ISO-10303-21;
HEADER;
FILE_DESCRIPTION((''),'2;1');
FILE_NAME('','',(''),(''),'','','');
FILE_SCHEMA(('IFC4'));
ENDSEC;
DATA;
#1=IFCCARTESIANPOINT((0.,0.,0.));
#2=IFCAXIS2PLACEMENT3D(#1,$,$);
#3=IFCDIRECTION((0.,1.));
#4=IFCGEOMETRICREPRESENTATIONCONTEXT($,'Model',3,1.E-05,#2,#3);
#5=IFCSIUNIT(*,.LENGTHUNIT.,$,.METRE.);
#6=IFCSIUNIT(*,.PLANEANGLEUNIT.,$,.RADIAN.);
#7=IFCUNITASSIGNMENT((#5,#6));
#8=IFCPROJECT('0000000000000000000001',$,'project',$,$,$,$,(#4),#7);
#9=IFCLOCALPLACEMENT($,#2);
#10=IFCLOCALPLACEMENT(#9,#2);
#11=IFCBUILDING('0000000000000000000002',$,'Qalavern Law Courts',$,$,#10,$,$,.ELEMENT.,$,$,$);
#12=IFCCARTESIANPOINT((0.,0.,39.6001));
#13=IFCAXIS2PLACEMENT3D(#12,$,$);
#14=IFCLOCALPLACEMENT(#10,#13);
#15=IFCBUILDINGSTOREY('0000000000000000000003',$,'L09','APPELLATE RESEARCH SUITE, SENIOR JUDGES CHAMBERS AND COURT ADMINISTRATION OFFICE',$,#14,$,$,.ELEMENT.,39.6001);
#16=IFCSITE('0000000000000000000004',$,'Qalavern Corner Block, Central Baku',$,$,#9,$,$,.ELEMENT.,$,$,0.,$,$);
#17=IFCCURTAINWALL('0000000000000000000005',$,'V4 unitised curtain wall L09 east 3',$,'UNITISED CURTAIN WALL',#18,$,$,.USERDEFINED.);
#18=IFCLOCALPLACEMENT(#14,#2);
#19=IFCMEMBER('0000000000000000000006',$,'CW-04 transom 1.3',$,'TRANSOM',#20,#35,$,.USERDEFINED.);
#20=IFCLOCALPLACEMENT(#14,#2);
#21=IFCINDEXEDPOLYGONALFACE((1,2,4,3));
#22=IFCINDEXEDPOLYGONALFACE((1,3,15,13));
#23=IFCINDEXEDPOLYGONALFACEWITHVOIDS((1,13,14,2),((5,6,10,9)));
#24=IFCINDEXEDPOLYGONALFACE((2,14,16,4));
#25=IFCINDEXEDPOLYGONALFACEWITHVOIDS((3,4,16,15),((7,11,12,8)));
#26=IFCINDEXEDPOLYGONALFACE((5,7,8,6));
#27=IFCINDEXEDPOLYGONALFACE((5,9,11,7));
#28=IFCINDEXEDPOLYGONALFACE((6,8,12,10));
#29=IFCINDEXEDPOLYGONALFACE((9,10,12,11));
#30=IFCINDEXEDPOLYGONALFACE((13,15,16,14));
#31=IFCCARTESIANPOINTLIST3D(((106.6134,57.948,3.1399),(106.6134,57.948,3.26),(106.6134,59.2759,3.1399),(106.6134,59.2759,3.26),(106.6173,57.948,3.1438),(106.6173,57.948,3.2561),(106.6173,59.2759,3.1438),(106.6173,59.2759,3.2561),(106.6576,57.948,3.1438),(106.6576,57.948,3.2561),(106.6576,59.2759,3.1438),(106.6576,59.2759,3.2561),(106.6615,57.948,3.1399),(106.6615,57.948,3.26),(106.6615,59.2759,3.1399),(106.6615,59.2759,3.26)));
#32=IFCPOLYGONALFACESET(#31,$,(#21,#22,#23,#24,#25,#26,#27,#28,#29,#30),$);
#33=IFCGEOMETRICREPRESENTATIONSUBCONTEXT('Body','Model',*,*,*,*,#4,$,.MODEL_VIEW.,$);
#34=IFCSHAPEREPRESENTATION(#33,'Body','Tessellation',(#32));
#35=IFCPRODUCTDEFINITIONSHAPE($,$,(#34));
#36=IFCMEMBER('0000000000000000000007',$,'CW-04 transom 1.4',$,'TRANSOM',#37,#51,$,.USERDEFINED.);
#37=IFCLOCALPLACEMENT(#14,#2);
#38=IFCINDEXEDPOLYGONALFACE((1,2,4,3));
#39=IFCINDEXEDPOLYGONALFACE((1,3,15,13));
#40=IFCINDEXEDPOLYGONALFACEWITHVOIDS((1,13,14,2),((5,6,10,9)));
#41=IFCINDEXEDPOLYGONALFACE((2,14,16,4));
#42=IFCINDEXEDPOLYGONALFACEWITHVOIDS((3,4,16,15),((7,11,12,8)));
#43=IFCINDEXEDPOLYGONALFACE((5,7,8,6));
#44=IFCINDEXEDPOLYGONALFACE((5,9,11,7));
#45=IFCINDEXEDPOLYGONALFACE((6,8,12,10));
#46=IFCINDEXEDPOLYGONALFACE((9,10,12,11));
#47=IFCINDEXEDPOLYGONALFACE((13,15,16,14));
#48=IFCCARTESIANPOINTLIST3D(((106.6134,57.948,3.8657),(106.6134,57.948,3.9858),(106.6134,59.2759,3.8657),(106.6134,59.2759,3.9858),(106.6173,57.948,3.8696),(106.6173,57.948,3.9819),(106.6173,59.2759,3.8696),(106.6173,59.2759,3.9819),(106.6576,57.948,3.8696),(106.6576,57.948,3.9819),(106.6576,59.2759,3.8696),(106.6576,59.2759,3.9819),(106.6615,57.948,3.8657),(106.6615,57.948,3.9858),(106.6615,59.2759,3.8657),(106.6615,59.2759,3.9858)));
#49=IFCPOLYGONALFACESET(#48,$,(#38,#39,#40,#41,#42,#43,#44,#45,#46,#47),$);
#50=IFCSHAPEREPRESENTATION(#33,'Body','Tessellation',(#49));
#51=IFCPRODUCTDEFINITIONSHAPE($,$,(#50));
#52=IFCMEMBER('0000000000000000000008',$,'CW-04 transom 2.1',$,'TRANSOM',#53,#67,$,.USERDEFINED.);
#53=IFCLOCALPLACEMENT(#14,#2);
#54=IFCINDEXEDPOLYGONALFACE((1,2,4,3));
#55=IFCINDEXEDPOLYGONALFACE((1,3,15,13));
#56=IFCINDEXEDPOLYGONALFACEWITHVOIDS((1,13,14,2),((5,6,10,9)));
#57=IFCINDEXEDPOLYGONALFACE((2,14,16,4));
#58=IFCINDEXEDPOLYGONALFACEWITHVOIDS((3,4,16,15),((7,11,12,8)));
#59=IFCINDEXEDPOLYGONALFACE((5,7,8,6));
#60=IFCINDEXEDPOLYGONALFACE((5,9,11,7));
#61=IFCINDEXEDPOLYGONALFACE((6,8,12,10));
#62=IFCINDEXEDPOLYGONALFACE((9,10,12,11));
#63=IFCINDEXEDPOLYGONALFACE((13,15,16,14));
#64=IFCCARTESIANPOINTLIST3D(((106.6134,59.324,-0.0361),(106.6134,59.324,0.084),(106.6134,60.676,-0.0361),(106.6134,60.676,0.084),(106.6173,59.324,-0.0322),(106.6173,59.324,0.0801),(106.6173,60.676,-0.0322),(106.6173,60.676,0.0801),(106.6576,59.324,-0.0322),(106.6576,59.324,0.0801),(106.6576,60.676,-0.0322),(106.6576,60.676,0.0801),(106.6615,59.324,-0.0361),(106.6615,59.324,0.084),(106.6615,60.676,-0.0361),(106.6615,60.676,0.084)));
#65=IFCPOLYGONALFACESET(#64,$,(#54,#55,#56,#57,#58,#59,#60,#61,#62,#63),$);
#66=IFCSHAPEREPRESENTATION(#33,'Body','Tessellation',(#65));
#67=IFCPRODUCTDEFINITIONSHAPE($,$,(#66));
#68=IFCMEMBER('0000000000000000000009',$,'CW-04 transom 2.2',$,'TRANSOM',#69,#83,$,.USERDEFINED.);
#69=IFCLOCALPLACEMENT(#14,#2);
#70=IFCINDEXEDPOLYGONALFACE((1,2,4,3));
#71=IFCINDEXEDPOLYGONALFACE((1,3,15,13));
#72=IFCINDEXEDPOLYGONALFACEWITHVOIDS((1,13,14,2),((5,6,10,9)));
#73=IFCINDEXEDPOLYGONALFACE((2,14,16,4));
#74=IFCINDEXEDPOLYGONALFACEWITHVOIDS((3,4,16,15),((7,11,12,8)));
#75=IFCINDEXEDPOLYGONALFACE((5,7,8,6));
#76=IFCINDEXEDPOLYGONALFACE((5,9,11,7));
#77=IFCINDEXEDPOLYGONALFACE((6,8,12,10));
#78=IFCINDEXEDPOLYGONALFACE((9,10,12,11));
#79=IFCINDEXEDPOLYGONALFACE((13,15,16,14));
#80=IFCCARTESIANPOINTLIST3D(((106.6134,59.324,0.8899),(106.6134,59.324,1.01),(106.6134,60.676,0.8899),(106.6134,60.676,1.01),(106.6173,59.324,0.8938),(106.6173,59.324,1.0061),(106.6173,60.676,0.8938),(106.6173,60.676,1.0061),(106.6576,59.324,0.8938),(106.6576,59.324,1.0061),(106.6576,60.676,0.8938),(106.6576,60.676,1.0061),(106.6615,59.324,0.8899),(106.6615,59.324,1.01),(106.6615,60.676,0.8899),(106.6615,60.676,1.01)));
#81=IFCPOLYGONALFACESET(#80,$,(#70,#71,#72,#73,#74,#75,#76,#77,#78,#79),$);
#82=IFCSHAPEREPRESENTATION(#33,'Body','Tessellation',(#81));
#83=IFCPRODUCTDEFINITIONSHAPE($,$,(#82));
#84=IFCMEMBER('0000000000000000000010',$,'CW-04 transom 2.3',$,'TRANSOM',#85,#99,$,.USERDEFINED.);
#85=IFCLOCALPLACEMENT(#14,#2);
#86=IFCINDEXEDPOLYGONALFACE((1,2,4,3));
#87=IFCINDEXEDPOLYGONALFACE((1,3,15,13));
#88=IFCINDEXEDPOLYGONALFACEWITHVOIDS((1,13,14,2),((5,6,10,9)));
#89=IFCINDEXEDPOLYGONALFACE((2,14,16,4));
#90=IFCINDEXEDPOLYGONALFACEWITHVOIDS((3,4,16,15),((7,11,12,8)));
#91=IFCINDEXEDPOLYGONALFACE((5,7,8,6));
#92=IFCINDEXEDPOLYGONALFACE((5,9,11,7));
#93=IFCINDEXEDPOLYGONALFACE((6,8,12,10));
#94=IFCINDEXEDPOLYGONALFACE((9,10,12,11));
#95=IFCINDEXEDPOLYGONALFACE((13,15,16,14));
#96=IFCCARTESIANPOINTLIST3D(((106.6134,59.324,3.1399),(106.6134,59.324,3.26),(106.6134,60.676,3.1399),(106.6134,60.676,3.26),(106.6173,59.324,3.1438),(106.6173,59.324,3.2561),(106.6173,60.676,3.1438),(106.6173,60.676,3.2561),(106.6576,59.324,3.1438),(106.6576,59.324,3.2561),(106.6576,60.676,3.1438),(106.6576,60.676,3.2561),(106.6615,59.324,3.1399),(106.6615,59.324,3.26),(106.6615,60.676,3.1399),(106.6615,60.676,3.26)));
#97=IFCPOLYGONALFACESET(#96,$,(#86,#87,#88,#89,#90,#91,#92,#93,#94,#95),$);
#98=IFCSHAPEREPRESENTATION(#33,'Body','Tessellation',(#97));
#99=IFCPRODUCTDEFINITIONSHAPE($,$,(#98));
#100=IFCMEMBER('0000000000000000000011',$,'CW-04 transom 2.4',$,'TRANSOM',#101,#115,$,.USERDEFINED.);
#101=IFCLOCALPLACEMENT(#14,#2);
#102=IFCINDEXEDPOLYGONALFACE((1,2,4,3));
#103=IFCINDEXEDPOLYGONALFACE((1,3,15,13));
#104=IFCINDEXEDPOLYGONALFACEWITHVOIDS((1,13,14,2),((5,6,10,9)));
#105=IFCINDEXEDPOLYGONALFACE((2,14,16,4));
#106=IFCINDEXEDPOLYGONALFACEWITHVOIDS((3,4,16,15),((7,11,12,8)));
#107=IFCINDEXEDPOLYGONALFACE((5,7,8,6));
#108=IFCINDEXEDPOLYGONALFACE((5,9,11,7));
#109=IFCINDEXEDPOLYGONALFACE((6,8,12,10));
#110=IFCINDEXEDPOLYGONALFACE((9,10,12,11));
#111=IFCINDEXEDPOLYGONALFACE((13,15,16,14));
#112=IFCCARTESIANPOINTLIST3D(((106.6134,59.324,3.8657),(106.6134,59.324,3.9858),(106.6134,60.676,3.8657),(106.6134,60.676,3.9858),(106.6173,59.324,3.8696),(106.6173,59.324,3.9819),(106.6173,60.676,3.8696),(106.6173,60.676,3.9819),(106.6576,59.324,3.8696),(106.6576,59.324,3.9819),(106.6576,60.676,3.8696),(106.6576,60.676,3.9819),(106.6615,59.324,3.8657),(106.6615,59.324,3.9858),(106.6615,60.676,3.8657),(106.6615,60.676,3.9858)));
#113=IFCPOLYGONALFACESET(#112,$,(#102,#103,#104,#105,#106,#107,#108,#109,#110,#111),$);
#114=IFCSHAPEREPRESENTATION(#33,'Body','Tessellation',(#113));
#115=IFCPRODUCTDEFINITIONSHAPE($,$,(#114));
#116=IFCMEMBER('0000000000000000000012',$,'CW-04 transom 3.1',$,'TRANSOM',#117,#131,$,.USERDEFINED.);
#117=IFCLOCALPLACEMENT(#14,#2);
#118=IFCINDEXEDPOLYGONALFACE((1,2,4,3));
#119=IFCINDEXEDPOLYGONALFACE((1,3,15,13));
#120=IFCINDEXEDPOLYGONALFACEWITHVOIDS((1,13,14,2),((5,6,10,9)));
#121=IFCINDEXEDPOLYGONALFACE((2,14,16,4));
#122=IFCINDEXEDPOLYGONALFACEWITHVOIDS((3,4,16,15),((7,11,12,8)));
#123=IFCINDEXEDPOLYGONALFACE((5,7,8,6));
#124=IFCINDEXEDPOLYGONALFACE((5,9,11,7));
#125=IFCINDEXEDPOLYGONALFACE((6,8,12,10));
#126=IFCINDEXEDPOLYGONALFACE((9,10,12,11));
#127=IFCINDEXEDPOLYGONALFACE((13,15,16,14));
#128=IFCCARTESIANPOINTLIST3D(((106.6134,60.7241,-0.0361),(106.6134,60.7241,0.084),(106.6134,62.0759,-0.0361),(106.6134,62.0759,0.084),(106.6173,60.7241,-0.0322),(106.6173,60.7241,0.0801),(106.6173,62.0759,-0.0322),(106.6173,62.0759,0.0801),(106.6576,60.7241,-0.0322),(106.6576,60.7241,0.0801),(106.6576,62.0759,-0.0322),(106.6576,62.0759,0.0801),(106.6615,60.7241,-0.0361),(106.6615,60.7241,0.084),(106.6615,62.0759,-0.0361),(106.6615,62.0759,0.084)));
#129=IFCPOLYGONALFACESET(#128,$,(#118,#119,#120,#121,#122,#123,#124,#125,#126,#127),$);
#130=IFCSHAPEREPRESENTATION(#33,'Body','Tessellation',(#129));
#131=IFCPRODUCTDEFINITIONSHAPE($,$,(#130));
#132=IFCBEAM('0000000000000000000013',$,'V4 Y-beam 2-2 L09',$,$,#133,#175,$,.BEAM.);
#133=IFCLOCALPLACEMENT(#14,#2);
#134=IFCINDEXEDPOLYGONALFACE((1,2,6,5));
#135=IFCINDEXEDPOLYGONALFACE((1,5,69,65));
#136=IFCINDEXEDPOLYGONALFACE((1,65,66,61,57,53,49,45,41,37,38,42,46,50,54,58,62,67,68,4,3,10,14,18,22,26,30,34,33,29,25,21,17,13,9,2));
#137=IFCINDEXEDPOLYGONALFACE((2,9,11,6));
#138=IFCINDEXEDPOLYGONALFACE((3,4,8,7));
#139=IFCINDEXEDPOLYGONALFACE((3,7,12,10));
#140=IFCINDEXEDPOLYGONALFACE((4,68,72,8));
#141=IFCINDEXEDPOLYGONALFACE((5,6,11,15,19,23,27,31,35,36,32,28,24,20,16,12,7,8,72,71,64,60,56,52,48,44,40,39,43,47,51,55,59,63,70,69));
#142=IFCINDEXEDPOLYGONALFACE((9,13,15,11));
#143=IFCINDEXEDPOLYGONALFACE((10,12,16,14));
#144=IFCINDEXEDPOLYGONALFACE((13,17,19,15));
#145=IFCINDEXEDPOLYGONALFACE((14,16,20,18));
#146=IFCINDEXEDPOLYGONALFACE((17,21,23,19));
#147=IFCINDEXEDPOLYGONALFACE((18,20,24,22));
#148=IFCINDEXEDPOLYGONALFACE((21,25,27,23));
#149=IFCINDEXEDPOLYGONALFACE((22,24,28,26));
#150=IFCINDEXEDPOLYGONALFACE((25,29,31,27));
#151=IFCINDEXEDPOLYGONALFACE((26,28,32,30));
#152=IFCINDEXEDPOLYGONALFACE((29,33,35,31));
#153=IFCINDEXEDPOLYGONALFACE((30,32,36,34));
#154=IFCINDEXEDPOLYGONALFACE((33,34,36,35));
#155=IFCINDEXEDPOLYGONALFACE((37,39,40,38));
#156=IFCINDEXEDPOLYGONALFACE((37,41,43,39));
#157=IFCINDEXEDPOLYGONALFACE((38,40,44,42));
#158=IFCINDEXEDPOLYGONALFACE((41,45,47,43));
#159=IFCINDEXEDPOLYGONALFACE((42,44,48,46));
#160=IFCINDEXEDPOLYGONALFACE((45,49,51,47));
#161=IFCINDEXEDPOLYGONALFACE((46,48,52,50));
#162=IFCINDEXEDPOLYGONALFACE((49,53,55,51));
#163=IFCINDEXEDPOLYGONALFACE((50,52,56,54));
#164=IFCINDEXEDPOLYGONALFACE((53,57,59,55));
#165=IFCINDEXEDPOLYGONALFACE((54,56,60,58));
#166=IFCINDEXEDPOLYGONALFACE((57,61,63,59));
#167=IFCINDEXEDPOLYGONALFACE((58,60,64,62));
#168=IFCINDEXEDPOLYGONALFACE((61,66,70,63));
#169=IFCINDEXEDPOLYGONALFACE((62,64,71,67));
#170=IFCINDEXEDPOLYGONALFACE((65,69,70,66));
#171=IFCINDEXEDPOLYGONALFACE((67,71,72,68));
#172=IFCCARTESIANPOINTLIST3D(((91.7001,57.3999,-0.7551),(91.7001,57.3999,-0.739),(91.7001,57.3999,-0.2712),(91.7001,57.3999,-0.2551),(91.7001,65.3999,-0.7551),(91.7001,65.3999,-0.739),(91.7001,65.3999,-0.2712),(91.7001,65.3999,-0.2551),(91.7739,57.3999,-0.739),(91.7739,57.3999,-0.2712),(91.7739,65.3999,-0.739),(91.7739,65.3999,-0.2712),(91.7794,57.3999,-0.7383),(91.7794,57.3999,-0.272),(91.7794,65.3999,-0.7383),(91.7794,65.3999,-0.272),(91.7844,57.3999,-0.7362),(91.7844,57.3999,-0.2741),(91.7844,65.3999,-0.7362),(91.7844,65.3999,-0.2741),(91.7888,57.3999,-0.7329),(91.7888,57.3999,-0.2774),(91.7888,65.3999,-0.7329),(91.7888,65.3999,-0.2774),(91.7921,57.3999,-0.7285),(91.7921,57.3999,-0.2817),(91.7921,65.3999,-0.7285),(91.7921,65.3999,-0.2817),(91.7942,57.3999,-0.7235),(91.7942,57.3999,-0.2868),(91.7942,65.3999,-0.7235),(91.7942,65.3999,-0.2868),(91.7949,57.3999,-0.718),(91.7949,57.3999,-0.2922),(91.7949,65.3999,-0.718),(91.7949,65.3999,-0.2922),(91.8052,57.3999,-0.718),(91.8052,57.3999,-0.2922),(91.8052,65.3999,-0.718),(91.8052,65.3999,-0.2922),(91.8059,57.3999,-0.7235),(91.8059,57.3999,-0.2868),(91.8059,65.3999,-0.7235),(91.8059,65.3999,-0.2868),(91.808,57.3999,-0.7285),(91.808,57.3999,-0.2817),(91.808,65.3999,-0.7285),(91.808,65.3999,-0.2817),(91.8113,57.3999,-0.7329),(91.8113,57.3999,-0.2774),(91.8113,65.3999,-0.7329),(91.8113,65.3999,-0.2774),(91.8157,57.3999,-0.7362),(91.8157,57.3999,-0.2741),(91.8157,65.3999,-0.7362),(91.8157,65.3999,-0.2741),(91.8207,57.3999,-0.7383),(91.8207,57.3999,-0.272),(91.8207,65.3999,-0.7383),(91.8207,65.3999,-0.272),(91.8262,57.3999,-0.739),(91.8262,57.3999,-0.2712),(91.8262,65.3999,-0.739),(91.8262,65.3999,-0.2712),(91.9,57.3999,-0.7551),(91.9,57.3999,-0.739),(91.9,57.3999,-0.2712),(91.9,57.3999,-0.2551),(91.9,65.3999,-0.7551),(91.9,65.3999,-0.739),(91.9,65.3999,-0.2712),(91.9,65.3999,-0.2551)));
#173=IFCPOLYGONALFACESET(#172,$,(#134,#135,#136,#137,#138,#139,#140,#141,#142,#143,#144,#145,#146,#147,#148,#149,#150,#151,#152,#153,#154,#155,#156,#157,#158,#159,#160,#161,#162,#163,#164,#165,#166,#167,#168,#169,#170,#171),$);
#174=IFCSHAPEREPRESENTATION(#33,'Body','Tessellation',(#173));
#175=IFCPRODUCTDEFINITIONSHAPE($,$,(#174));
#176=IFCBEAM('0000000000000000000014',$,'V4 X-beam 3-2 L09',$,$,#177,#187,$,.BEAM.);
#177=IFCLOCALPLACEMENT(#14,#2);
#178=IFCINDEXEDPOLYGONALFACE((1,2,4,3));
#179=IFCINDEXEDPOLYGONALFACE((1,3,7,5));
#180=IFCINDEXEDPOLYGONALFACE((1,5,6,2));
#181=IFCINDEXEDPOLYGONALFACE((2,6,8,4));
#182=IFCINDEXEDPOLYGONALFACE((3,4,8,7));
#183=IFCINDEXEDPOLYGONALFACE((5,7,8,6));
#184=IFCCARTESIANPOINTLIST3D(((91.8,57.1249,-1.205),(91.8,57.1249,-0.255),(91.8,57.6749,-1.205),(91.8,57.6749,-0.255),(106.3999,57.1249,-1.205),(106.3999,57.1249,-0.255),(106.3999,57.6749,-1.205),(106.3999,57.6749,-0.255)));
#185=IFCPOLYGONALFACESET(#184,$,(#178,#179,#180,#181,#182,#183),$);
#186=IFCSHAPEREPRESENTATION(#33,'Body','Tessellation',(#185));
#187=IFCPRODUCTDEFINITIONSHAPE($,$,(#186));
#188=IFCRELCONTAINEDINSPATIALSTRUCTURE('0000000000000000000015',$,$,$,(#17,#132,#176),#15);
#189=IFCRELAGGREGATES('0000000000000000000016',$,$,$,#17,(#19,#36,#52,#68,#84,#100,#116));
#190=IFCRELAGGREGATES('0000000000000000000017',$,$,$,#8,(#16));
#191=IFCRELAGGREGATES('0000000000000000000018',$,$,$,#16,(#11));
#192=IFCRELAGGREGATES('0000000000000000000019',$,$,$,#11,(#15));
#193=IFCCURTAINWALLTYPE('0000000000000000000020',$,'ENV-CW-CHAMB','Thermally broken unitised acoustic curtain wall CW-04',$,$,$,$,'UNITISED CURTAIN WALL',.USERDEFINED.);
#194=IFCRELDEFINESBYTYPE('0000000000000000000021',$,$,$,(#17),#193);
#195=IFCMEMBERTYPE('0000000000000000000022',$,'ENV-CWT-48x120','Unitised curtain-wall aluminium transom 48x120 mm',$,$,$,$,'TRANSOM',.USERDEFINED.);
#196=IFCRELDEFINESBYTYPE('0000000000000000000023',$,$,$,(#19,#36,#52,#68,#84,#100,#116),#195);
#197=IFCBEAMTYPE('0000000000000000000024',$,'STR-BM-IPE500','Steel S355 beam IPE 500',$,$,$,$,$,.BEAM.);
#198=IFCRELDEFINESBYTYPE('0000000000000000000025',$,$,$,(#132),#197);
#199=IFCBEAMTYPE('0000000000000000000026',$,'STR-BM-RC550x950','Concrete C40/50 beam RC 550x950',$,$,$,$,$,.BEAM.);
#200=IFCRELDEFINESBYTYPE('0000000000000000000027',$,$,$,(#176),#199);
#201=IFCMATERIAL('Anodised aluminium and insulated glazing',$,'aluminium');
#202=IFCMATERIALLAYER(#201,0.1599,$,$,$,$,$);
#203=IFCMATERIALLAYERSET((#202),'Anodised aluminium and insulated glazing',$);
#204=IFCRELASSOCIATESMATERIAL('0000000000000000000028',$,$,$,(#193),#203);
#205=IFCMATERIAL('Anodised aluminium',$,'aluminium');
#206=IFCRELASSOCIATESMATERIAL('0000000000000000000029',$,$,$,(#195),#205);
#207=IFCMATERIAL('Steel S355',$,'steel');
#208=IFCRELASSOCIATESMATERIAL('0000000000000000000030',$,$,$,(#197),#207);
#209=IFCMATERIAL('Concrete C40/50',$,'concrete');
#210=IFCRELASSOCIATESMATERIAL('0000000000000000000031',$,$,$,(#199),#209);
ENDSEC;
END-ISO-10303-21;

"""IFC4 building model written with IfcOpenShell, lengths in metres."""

from ifc_helpers import new_model, si_unit, direction, frame, origin, origin_2d, place, context, subcontext, project, spatial, rectangle, hollow_rectangle, i_section, extrude, material, layer, layer_set, material_profile, profile_set, type_object, element, aggregate, save


model = new_model("IFC4")

# Units and contexts
model_context = context("Model", 3, precision=1e-05, world=origin(), true_north=direction((0.0, 1.0)))
body_context = subcontext(model_context, "Body", "Model", "MODEL_VIEW")
ifc_project = project(units=[si_unit("LENGTHUNIT", "METRE"), si_unit("PLANEANGLEUNIT", "RADIAN")], contexts=[model_context])

# Site, building, storey
site_placement = place(None, origin())
site = spatial("IfcSite", under=ifc_project, at=site_placement, Name="Qalavern Corner Block, Central Baku", CompositionType="ELEMENT", RefElevation=0.0)
building_placement = place(site_placement, origin())
building = spatial("IfcBuilding", under=site, at=building_placement, Name="Qalavern Law Courts", CompositionType="ELEMENT")
storey_placement = place(building_placement, frame((0.0, 0.0, 39.6001)))
storey = spatial("IfcBuildingStorey", under=building, at=storey_placement, Name="L09", Description="APPELLATE RESEARCH SUITE, SENIOR JUDGES CHAMBERS AND COURT ADMINISTRATION OFFICE", CompositionType="ELEMENT", Elevation=39.6001)

# Shared definitions
ifc_material_1 = material(Name="Anodised aluminium and insulated glazing", Category="aluminium")
ifc_layer_1 = layer(ifc_material_1, 0.1599)
ifc_layer_set_1 = layer_set([ifc_layer_1], Name="Anodised aluminium and insulated glazing")
curtain_wall_type = type_object("IfcCurtainWallType", Name="ENV-CW-CHAMB", Description="Thermally broken unitised acoustic curtain wall CW-04", ElementType="UNITISED CURTAIN WALL", PredefinedType="USERDEFINED", material=ifc_layer_set_1)
ifc_material_2 = material(Name="Anodised aluminium", Category="aluminium")

# Curtain wall
curtain_wall_1_placement = place(storey_placement, origin())
curtain_wall_1 = element("IfcCurtainWall", 1, at=curtain_wall_1_placement, inside=storey, type_object=curtain_wall_type, Name="V4 unitised curtain wall L09 east 3", ObjectType="UNITISED CURTAIN WALL", PredefinedType="USERDEFINED")

# Members
ifc_material_profile_1 = material_profile(ifc_material_2, hollow_rectangle(XDim=0.0481, YDim=0.1201, WallThickness=0.0039, at=origin_2d()), Name="ALU TRANSOM 48x120")
ifc_profile_set_1 = profile_set([ifc_material_profile_1], Name="Anodised aluminium")
member_type_1 = type_object("IfcMemberType", Name="ENV-CWT-48x120", Description="Unitised curtain-wall aluminium transom 48x120 mm", ElementType="TRANSOM", PredefinedType="USERDEFINED", material=ifc_profile_set_1)
member_1_placement = place(storey_placement, frame((106.6375, 57.948, 3.2), z_axis=(0.0, 1.0, 0.0), x_axis=(-1.0, 0.0, 0.0)))
member_1 = element("IfcMember", 2, at=member_1_placement, type_object=member_type_1, Name="CW-04 transom 1.3", ObjectType="TRANSOM", PredefinedType="USERDEFINED", context=body_context, shape_type="SweptSolid", body=[
    extrude(hollow_rectangle(XDim=0.0481, YDim=0.1201, WallThickness=0.0039, at=origin_2d()), origin(), (0.0, 0.0, 1.0), 1.3279),
])
member_2_placement = place(storey_placement, frame((106.6375, 57.948, 3.9258), z_axis=(0.0, 1.0, 0.0), x_axis=(-1.0, 0.0, 0.0)))
member_2 = element("IfcMember", 3, at=member_2_placement, type_object=member_type_1, Name="CW-04 transom 1.4", ObjectType="TRANSOM", PredefinedType="USERDEFINED", context=body_context, shape_type="SweptSolid", body=[
    extrude(hollow_rectangle(XDim=0.0481, YDim=0.1201, WallThickness=0.0039, at=origin_2d()), origin(), (0.0, 0.0, 1.0), 1.3279),
])
member_3_placement = place(storey_placement, frame((106.6375, 59.324, 0.0239), z_axis=(0.0, 1.0, 0.0), x_axis=(-1.0, 0.0, 0.0)))
member_3 = element("IfcMember", 4, at=member_3_placement, type_object=member_type_1, Name="CW-04 transom 2.1", ObjectType="TRANSOM", PredefinedType="USERDEFINED", context=body_context, shape_type="SweptSolid", body=[
    extrude(hollow_rectangle(XDim=0.0481, YDim=0.1201, WallThickness=0.0039, at=origin_2d()), origin(), (0.0, 0.0, 1.0), 1.3521),
])
member_4_placement = place(storey_placement, frame((106.6375, 59.324, 0.95), z_axis=(0.0, 1.0, 0.0), x_axis=(-1.0, 0.0, 0.0)))
member_4 = element("IfcMember", 5, at=member_4_placement, type_object=member_type_1, Name="CW-04 transom 2.2", ObjectType="TRANSOM", PredefinedType="USERDEFINED", context=body_context, shape_type="SweptSolid", body=[
    extrude(hollow_rectangle(XDim=0.0481, YDim=0.1201, WallThickness=0.0039, at=origin_2d()), origin(), (0.0, 0.0, 1.0), 1.3521),
])
member_5_placement = place(storey_placement, frame((106.6375, 59.324, 3.2), z_axis=(0.0, 1.0, 0.0), x_axis=(-1.0, 0.0, 0.0)))
member_5 = element("IfcMember", 6, at=member_5_placement, type_object=member_type_1, Name="CW-04 transom 2.3", ObjectType="TRANSOM", PredefinedType="USERDEFINED", context=body_context, shape_type="SweptSolid", body=[
    extrude(hollow_rectangle(XDim=0.0481, YDim=0.1201, WallThickness=0.0039, at=origin_2d()), origin(), (0.0, 0.0, 1.0), 1.3521),
])
member_6_placement = place(storey_placement, frame((106.6375, 59.324, 3.9258), z_axis=(0.0, 1.0, 0.0), x_axis=(-1.0, 0.0, 0.0)))
member_6 = element("IfcMember", 7, at=member_6_placement, type_object=member_type_1, Name="CW-04 transom 2.4", ObjectType="TRANSOM", PredefinedType="USERDEFINED", context=body_context, shape_type="SweptSolid", body=[
    extrude(hollow_rectangle(XDim=0.0481, YDim=0.1201, WallThickness=0.0039, at=origin_2d()), origin(), (0.0, 0.0, 1.0), 1.3521),
])
member_7_placement = place(storey_placement, frame((106.6375, 60.7241, 0.0239), z_axis=(0.0, 1.0, 0.0), x_axis=(-1.0, 0.0, 0.0)))
member_7 = element("IfcMember", 8, at=member_7_placement, type_object=member_type_1, Name="CW-04 transom 3.1", ObjectType="TRANSOM", PredefinedType="USERDEFINED", context=body_context, shape_type="SweptSolid", body=[
    extrude(hollow_rectangle(XDim=0.0481, YDim=0.1201, WallThickness=0.0039, at=origin_2d()), origin(), (0.0, 0.0, 1.0), 1.3518),
])

# Beams
ifc_material_3 = material(Name="Steel S355", Category="steel")
ifc_material_profile_2 = material_profile(ifc_material_3, i_section(OverallWidth=0.2, OverallDepth=0.5, WebThickness=0.0103, FlangeThickness=0.0161, FilletRadius=0.021, at=origin_2d()), Name="IPE 500")
ifc_profile_set_2 = profile_set([ifc_material_profile_2], Name="Steel S355")
beam_type_1 = type_object("IfcBeamType", Name="STR-BM-IPE500", Description="Steel S355 beam IPE 500", PredefinedType="BEAM", material=ifc_profile_set_2)
beam_1_placement = place(storey_placement, frame((91.8, 57.3999, -0.5051), z_axis=(0.0, 1.0, 0.0), x_axis=(-1.0, 0.0, 0.0)))
element("IfcBeam", 9, at=beam_1_placement, inside=storey, type_object=beam_type_1, Name="V4 Y-beam 2-2 L09", PredefinedType="BEAM", context=body_context, shape_type="SweptSolid", body=[
    extrude(i_section(OverallWidth=0.2, OverallDepth=0.5, WebThickness=0.0103, FlangeThickness=0.0161, FilletRadius=0.021, at=origin_2d()), origin(), (0.0, 0.0, 1.0), 8.0),
])
ifc_material_4 = material(Name="Concrete C40/50", Category="concrete")
ifc_material_profile_3 = material_profile(ifc_material_4, rectangle(XDim=0.55, YDim=0.95, at=origin_2d()), Name="RC 550x950")
ifc_profile_set_3 = profile_set([ifc_material_profile_3], Name="Concrete C40/50")
beam_type_2 = type_object("IfcBeamType", Name="STR-BM-RC550x950", Description="Concrete C40/50 beam RC 550x950", PredefinedType="BEAM", material=ifc_profile_set_3)
beam_2_placement = place(storey_placement, frame((91.8, 57.3999, -0.73), z_axis=(1.0, 0.0, 0.0), x_axis=(0.0, 1.0, 0.0)))
element("IfcBeam", 10, at=beam_2_placement, inside=storey, type_object=beam_type_2, Name="V4 X-beam 3-2 L09", PredefinedType="BEAM", context=body_context, shape_type="SweptSolid", body=[
    extrude(rectangle(XDim=0.55, YDim=0.95, at=origin_2d()), origin(), (0.0, 0.0, 1.0), 14.5999),
])

aggregate(curtain_wall_1, [member_1, member_2, member_3, member_4, member_5, member_6, member_7])

save(model, "model.ifc")
